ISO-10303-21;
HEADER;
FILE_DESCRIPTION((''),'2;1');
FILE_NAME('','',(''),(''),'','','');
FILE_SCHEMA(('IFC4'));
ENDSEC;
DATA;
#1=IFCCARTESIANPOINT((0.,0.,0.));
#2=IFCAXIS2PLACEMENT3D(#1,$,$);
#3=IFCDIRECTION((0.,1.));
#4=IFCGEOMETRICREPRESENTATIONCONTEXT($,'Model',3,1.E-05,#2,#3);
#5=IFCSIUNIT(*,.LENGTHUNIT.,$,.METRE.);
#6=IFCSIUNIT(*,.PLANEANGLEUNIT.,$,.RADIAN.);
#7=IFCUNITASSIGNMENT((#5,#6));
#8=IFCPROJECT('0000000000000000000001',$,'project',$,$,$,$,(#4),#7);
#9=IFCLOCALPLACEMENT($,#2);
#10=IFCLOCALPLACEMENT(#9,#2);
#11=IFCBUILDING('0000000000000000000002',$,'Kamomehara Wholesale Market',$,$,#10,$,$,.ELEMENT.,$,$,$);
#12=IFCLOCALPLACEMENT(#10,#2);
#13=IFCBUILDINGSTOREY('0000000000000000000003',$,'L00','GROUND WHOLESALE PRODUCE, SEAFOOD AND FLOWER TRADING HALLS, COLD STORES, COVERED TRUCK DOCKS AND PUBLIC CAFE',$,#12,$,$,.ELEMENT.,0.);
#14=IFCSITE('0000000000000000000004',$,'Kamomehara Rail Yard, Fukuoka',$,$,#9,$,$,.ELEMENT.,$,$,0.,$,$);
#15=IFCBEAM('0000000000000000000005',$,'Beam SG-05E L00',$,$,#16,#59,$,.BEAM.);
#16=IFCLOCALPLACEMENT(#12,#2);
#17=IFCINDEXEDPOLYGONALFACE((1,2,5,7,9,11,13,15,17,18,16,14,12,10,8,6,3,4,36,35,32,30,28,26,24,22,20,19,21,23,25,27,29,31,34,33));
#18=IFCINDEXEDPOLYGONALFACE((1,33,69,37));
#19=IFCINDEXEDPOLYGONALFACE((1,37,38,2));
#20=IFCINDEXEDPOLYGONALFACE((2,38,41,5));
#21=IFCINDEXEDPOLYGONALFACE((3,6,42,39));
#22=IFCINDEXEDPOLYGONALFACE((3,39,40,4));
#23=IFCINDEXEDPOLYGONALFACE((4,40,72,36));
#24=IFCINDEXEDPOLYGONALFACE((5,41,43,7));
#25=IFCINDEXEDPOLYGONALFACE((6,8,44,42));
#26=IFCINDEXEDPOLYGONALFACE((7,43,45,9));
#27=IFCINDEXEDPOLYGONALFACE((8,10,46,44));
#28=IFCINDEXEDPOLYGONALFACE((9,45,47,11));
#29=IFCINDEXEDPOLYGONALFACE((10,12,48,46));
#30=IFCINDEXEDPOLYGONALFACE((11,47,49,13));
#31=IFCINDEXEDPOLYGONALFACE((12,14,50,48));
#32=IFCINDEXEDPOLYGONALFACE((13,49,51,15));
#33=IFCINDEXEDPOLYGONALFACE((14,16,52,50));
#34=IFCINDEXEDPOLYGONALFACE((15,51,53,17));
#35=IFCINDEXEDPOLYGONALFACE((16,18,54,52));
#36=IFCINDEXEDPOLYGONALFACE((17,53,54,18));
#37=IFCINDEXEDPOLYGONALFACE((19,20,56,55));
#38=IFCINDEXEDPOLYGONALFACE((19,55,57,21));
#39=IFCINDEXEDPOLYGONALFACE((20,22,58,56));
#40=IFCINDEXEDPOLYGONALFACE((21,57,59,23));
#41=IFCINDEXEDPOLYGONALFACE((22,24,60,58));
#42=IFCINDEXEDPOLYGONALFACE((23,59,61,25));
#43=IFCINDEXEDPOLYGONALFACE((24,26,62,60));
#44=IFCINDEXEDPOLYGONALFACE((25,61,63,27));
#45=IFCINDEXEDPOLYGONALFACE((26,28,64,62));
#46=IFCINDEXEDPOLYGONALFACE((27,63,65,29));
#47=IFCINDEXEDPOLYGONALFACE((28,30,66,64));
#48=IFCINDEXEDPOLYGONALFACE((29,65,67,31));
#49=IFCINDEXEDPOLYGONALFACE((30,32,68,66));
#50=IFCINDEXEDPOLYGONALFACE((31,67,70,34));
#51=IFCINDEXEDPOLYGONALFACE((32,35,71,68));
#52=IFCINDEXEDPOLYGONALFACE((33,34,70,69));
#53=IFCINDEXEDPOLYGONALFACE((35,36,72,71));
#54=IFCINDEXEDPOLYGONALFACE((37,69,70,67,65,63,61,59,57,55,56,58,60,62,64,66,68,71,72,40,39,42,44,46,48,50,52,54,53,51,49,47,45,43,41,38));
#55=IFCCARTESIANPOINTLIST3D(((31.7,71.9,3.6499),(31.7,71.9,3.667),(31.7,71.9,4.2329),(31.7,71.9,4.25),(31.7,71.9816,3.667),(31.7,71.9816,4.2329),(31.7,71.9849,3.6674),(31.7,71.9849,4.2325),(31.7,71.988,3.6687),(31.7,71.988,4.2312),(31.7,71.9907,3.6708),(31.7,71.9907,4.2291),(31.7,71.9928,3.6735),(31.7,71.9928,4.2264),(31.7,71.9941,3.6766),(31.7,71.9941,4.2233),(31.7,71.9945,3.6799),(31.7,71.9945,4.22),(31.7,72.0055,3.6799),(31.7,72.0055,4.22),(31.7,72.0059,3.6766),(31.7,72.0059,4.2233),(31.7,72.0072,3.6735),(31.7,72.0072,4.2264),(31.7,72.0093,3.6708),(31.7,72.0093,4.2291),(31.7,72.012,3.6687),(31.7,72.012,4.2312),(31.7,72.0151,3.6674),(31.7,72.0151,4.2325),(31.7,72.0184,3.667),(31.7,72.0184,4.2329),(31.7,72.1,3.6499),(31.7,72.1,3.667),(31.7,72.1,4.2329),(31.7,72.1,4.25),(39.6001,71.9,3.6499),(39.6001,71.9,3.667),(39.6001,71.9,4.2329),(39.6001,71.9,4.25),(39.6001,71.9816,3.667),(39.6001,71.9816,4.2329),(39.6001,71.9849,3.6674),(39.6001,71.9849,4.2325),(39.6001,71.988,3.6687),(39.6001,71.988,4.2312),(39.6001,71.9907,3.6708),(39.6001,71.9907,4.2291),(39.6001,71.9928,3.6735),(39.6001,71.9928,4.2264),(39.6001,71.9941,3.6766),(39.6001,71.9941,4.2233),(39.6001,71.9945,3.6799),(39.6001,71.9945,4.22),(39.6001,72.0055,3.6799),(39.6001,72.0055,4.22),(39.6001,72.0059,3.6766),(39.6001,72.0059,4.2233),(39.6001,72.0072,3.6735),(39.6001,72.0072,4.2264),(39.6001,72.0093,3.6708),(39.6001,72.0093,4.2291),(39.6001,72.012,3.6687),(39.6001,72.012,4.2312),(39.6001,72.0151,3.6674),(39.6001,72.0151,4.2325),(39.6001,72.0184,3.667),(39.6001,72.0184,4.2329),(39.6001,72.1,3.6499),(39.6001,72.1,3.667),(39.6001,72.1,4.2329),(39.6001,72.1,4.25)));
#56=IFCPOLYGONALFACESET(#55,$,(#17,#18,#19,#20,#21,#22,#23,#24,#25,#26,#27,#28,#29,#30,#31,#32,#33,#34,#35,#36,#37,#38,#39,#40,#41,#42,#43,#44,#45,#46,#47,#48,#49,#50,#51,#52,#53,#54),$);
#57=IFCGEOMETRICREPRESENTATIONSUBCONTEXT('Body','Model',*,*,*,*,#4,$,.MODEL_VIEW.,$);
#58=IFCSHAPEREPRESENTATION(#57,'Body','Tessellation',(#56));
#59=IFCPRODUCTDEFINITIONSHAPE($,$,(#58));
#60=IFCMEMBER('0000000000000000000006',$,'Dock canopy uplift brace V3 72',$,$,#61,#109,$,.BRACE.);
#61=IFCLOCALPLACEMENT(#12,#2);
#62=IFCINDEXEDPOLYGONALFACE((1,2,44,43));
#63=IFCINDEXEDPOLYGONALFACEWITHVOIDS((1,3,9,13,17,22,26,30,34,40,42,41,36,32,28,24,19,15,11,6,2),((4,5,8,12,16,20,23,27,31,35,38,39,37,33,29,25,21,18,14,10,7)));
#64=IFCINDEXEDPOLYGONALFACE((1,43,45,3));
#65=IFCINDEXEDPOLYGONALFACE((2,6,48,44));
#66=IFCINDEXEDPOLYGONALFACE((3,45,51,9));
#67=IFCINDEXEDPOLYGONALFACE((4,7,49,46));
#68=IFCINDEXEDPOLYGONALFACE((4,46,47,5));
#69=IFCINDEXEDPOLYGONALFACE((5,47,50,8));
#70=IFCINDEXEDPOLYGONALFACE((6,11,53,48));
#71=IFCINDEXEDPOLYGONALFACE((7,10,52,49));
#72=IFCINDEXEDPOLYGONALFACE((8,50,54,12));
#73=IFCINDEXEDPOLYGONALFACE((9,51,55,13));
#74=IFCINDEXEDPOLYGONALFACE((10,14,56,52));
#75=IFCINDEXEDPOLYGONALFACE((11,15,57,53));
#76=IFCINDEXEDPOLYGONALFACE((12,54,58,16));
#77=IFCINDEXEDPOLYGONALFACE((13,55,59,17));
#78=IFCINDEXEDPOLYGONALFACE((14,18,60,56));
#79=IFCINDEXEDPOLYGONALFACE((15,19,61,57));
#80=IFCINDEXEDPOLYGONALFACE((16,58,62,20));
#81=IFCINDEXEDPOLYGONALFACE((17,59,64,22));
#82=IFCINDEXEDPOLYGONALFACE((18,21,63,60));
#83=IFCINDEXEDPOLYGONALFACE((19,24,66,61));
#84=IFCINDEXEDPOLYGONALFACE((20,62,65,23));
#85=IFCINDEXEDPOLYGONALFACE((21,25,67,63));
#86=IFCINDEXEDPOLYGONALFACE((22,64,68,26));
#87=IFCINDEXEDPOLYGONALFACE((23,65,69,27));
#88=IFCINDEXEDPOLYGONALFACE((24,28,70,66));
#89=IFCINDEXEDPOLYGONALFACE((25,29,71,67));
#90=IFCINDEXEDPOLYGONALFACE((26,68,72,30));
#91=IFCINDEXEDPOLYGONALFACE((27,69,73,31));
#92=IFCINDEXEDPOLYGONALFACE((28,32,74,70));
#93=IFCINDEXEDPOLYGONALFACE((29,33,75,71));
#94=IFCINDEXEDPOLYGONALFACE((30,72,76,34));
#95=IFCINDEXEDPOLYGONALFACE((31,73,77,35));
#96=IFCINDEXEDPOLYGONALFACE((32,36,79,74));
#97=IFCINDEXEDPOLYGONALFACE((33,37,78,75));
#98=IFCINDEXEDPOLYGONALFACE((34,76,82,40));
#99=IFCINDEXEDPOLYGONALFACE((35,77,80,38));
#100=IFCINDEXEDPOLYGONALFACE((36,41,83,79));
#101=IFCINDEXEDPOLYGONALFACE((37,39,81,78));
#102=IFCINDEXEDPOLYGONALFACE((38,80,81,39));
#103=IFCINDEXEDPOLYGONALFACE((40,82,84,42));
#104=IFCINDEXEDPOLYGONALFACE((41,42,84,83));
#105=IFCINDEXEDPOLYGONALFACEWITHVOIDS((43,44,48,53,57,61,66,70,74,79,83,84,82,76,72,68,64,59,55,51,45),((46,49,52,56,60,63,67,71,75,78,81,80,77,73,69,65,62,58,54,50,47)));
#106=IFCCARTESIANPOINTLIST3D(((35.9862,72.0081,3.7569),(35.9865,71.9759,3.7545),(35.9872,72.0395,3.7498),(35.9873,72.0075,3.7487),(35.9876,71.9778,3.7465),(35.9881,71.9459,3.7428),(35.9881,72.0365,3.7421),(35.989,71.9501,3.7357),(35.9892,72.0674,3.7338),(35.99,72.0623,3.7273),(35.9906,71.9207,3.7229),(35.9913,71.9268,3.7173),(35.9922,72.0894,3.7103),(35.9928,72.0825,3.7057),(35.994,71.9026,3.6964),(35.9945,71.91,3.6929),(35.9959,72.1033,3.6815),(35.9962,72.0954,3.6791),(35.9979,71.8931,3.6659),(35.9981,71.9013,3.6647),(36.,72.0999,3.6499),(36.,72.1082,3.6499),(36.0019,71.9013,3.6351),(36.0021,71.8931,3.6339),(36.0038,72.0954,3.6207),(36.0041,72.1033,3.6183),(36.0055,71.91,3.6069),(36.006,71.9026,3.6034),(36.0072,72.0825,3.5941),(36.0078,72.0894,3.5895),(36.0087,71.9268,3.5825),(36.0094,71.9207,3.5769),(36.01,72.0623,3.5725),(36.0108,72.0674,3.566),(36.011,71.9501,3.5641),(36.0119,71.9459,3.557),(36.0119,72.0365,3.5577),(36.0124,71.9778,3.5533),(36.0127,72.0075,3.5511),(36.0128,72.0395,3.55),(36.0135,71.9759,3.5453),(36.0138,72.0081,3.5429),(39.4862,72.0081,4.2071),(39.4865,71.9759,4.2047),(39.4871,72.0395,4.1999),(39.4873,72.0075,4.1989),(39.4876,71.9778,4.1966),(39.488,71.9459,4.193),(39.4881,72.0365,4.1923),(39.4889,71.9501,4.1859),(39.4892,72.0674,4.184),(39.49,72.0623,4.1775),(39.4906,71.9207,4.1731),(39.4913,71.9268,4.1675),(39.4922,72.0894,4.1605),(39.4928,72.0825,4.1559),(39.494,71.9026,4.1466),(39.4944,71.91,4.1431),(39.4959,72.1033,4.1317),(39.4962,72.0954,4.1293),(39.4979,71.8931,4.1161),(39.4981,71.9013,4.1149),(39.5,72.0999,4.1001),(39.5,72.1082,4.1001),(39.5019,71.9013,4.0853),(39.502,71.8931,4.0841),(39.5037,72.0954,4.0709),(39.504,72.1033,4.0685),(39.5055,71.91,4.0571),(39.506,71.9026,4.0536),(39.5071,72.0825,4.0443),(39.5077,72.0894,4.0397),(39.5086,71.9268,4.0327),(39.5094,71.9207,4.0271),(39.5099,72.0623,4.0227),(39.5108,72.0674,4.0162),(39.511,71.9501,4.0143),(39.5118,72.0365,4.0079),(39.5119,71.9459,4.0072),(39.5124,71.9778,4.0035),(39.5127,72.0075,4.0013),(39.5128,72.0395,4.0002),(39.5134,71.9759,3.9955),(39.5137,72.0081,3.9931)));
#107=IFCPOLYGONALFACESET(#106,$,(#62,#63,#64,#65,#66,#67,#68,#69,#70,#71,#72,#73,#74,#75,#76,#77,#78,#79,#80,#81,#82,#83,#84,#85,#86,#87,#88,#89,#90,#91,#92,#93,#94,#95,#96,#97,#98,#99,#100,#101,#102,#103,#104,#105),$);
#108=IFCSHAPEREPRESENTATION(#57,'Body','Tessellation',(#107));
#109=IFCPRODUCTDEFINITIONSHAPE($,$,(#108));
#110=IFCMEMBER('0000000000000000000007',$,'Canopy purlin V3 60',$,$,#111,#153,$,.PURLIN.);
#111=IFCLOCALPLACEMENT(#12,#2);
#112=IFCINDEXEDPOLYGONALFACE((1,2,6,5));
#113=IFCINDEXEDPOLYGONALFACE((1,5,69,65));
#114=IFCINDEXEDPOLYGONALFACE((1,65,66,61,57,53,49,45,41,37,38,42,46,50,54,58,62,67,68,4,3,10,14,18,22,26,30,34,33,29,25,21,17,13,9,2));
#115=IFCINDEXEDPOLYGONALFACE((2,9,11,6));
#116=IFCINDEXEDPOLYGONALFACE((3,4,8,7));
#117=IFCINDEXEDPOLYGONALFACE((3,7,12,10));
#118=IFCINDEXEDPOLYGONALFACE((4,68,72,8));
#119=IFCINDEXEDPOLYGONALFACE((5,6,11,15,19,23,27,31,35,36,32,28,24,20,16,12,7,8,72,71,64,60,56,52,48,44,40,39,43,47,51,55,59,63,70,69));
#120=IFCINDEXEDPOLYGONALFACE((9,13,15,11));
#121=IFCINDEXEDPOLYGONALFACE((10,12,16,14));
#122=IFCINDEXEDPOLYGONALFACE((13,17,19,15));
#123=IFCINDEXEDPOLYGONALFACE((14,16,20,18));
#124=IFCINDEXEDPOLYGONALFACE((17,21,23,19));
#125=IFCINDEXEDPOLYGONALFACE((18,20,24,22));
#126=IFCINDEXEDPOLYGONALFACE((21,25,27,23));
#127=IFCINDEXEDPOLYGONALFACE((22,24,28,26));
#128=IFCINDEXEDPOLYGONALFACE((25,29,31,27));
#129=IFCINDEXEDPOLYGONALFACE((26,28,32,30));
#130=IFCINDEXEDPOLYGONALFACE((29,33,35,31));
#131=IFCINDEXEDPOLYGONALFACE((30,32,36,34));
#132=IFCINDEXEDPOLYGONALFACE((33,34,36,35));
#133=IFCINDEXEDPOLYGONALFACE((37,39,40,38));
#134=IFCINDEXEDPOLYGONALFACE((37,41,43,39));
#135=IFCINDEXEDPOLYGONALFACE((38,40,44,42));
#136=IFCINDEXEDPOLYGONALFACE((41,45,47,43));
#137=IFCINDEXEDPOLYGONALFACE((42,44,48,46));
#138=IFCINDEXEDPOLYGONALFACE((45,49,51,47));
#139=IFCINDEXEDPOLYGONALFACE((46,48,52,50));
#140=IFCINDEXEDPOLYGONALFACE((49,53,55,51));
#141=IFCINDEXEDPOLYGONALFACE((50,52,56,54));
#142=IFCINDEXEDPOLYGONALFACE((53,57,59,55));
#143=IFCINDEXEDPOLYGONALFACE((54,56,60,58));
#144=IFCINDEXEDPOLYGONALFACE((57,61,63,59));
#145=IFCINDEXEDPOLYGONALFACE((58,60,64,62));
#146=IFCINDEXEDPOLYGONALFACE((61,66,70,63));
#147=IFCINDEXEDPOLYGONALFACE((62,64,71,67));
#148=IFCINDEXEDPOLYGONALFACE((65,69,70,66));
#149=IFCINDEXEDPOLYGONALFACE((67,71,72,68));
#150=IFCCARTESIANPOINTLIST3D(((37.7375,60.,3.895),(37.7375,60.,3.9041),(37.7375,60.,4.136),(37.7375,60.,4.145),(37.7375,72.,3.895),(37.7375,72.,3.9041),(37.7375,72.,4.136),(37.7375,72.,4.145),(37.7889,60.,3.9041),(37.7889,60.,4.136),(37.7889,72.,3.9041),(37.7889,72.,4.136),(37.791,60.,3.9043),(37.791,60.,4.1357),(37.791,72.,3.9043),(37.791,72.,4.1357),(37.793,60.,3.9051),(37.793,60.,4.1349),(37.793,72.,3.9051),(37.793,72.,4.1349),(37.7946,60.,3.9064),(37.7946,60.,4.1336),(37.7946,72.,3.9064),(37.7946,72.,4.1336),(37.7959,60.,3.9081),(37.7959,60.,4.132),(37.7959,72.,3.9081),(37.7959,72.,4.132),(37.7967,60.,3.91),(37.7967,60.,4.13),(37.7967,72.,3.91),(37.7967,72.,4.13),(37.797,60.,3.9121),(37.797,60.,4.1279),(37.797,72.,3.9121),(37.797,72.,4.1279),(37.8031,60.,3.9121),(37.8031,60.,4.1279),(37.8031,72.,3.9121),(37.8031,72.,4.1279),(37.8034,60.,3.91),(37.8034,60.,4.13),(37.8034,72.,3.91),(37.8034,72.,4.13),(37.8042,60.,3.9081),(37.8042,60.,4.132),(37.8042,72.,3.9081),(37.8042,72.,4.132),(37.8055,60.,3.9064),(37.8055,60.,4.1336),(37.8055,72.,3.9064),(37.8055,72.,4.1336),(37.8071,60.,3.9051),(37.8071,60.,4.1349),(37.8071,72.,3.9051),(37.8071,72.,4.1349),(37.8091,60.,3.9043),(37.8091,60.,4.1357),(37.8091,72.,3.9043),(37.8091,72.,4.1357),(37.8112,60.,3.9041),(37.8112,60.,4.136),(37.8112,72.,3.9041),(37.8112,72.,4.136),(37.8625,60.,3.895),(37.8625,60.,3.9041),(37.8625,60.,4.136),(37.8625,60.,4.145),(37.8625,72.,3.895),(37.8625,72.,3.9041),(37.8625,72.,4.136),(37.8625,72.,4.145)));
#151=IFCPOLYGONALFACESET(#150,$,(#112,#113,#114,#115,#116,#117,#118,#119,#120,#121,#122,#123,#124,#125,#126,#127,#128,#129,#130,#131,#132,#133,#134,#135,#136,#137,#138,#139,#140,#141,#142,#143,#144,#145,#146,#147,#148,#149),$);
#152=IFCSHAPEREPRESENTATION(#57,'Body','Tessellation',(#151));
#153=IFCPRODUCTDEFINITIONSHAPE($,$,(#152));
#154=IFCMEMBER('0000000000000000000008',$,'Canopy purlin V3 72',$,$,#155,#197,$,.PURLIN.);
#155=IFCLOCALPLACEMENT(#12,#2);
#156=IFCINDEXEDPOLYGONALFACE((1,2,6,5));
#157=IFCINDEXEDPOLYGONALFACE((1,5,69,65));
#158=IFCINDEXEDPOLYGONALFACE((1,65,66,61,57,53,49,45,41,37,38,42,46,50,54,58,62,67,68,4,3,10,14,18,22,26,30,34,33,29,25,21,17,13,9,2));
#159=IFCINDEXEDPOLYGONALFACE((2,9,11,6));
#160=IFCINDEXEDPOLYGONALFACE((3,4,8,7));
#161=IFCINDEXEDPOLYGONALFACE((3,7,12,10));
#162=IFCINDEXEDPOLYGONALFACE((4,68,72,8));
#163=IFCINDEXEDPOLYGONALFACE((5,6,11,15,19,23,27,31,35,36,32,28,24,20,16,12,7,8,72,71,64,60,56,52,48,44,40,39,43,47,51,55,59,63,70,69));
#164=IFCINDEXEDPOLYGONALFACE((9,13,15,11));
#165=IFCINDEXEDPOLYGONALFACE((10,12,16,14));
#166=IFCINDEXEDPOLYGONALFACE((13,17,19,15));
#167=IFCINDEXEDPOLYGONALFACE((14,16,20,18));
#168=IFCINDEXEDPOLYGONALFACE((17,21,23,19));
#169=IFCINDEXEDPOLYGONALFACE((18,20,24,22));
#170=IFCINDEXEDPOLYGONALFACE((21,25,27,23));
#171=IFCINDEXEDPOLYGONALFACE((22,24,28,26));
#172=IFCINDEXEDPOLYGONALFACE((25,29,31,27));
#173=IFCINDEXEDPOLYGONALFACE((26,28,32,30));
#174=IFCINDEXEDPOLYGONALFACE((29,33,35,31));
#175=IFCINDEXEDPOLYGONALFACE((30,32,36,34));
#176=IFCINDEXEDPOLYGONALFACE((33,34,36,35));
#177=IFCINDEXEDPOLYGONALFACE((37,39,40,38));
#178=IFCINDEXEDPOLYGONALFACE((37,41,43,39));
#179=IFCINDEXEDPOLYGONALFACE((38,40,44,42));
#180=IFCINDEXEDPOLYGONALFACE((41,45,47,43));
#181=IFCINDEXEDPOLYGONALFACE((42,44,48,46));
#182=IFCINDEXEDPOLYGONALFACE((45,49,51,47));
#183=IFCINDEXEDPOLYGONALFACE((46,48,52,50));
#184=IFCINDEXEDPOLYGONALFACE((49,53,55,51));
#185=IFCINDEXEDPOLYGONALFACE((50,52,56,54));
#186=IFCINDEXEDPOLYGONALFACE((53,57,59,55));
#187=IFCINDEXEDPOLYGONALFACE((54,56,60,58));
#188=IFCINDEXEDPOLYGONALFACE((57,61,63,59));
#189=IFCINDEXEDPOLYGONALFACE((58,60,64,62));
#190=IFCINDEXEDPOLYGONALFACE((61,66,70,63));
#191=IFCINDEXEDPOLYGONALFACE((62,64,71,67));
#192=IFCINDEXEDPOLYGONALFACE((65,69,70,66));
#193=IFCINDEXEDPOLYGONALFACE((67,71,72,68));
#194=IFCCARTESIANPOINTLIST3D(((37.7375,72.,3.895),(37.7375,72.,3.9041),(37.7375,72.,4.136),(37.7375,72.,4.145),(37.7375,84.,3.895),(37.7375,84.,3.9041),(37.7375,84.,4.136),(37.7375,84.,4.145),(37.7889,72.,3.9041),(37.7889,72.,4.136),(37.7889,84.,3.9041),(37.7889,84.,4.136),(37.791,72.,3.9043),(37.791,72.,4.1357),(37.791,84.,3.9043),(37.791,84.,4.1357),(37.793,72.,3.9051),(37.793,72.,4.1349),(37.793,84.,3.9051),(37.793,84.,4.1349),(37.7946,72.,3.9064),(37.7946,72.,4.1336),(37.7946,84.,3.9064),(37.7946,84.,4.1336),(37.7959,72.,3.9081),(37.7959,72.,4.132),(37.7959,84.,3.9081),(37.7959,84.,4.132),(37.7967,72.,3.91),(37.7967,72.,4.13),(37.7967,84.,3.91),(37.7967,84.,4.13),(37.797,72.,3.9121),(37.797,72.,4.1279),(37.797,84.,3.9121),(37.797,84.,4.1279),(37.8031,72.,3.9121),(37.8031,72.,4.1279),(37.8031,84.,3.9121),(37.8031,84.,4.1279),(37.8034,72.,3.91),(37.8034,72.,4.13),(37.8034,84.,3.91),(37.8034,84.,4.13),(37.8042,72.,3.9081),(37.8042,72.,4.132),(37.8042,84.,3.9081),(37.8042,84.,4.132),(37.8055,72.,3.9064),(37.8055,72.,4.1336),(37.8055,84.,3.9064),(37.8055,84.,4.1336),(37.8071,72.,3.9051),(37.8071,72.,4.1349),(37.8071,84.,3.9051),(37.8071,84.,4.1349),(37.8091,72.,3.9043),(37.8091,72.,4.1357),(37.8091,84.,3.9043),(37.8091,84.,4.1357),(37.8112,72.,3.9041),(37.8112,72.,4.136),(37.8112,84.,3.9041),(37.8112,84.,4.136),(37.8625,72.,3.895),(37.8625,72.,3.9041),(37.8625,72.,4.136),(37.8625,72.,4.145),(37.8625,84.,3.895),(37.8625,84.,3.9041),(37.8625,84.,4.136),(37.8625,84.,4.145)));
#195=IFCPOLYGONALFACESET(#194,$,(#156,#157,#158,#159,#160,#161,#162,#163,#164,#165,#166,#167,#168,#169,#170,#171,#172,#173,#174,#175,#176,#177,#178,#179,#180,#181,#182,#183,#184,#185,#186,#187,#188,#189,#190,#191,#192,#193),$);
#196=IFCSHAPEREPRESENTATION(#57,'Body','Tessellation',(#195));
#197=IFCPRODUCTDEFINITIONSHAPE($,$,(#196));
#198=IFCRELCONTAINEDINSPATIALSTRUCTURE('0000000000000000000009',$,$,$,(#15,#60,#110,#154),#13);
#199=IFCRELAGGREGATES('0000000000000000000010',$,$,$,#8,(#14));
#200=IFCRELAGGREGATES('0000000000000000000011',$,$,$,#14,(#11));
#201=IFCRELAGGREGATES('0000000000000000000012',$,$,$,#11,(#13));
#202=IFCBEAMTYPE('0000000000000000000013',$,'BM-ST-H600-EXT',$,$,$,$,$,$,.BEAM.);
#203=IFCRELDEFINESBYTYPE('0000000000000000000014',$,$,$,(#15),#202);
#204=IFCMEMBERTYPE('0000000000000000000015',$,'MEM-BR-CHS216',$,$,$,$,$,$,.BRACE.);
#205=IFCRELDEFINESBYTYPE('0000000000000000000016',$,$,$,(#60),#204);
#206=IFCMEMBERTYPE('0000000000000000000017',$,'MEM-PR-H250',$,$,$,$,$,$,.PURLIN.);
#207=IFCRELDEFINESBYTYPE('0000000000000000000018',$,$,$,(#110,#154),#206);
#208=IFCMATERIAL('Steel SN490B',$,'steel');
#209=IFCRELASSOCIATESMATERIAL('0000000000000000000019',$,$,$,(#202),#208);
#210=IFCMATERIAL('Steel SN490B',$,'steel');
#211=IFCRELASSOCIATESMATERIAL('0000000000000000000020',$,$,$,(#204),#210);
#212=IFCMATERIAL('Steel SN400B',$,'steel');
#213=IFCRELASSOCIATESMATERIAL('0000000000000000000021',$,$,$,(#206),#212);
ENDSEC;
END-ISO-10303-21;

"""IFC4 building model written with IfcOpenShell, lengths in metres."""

from ifc_helpers import new_model, si_unit, direction, frame, origin, origin_2d, place, context, subcontext, project, spatial, hollow_circle, i_section, extrude, material, material_profile, profile_set, type_object, element, save


model = new_model("IFC4")

# Units and contexts
model_context = context("Model", 3, precision=1e-05, world=origin(), true_north=direction((0.0, 1.0)))
body_context = subcontext(model_context, "Body", "Model", "MODEL_VIEW")
ifc_project = project(units=[si_unit("LENGTHUNIT", "METRE"), si_unit("PLANEANGLEUNIT", "RADIAN")], contexts=[model_context])

# Site, building, storey
site_placement = place(None, origin())
site = spatial("IfcSite", under=ifc_project, at=site_placement, Name="Kamomehara Rail Yard, Fukuoka", CompositionType="ELEMENT", RefElevation=0.0)
building_placement = place(site_placement, origin())
building = spatial("IfcBuilding", under=site, at=building_placement, Name="Kamomehara Wholesale Market", CompositionType="ELEMENT")
storey_placement = place(building_placement, origin())
storey = spatial("IfcBuildingStorey", under=building, at=storey_placement, Name="L00", Description="GROUND WHOLESALE PRODUCE, SEAFOOD AND FLOWER TRADING HALLS, COLD STORES, COVERED TRUCK DOCKS AND PUBLIC CAFE", CompositionType="ELEMENT", Elevation=0.0)

# Beam
ifc_material_1 = material(Name="Steel SN490B", Category="steel")
ifc_material_profile_1 = material_profile(ifc_material_1, i_section(OverallWidth=0.2, OverallDepth=0.6001, WebThickness=0.011, FlangeThickness=0.0171, FilletRadius=0.0129, at=origin_2d()), Name="H-600x200x11x17")
ifc_profile_set_1 = profile_set([ifc_material_profile_1], Name="Steel SN490B")
beam_type = type_object("IfcBeamType", Name="BM-ST-H600-EXT", PredefinedType="BEAM", material=ifc_profile_set_1)
beam_placement = place(storey_placement, frame((31.7, 72.0, 3.95), z_axis=(1.0, 0.0, 0.0), x_axis=(0.0, 1.0, 0.0)))
element("IfcBeam", 1, at=beam_placement, inside=storey, type_object=beam_type, Name="Beam SG-05E L00", PredefinedType="BEAM", context=body_context, shape_type="SweptSolid", body=[
    extrude(i_section(OverallWidth=0.2, OverallDepth=0.6001, WebThickness=0.011, FlangeThickness=0.0171, FilletRadius=0.0129, at=origin_2d()), origin(), (0.0, 0.0, 1.0), 7.9001),
])

# Members
ifc_material_2 = material(Name="Steel SN490B", Category="steel")
ifc_material_profile_2 = material_profile(ifc_material_2, hollow_circle(Radius=0.1082, WallThickness=0.0083, at=origin_2d()), Name="CHS-216.3x8.2")
ifc_profile_set_2 = profile_set([ifc_material_profile_2], Name="Steel SN490B")
member_type_1 = type_object("IfcMemberType", Name="MEM-BR-CHS216", PredefinedType="BRACE", material=ifc_profile_set_2)
member_placement = place(storey_placement, frame((36.0, 72.0, 3.6499), z_axis=(0.991829, 0.0, 0.127576), x_axis=(0.0, 1.0, 0.0)))
element("IfcMember", 2, at=member_placement, inside=storey, type_object=member_type_1, Name="Dock canopy uplift brace V3 72", PredefinedType="BRACE", context=body_context, shape_type="SweptSolid", body=[
    extrude(hollow_circle(Radius=0.1082, WallThickness=0.0083, at=origin_2d()), origin(), (0.0, 0.0, 1.0), 3.5288),
])
ifc_material_3 = material(Name="Steel SN400B", Category="steel")
ifc_material_profile_3 = material_profile(ifc_material_3, i_section(OverallWidth=0.125, OverallDepth=0.25, WebThickness=0.0061, FlangeThickness=0.009, FilletRadius=0.0081, at=origin_2d()), Name="H-250x125x6x9")
ifc_profile_set_3 = profile_set([ifc_material_profile_3], Name="Steel SN400B")
member_type_2 = type_object("IfcMemberType", Name="MEM-PR-H250", PredefinedType="PURLIN", material=ifc_profile_set_3)
for number, where, z_axis, x_axis, name in (
    (3, (37.8, 60.0, 4.02), (0.0, 1.0, 0.0), (-1.0, 0.0, 0.0), "Canopy purlin V3 60"),
    (4, (37.8, 72.0, 4.02), (0.0, 1.0, 0.0), (-1.0, 0.0, 0.0), "Canopy purlin V3 72"),
):
    element("IfcMember", number, at=place(storey_placement, frame(where, z_axis=z_axis, x_axis=x_axis)), inside=storey, type_object=member_type_2, Name=name, PredefinedType="PURLIN", context=body_context, shape_type="SweptSolid", body=[
        extrude(i_section(OverallWidth=0.125, OverallDepth=0.25, WebThickness=0.0061, FlangeThickness=0.009, FilletRadius=0.0081, at=origin_2d()), origin(), (0.0, 0.0, 1.0), 12.0),
    ])

save(model, "model.ifc")
